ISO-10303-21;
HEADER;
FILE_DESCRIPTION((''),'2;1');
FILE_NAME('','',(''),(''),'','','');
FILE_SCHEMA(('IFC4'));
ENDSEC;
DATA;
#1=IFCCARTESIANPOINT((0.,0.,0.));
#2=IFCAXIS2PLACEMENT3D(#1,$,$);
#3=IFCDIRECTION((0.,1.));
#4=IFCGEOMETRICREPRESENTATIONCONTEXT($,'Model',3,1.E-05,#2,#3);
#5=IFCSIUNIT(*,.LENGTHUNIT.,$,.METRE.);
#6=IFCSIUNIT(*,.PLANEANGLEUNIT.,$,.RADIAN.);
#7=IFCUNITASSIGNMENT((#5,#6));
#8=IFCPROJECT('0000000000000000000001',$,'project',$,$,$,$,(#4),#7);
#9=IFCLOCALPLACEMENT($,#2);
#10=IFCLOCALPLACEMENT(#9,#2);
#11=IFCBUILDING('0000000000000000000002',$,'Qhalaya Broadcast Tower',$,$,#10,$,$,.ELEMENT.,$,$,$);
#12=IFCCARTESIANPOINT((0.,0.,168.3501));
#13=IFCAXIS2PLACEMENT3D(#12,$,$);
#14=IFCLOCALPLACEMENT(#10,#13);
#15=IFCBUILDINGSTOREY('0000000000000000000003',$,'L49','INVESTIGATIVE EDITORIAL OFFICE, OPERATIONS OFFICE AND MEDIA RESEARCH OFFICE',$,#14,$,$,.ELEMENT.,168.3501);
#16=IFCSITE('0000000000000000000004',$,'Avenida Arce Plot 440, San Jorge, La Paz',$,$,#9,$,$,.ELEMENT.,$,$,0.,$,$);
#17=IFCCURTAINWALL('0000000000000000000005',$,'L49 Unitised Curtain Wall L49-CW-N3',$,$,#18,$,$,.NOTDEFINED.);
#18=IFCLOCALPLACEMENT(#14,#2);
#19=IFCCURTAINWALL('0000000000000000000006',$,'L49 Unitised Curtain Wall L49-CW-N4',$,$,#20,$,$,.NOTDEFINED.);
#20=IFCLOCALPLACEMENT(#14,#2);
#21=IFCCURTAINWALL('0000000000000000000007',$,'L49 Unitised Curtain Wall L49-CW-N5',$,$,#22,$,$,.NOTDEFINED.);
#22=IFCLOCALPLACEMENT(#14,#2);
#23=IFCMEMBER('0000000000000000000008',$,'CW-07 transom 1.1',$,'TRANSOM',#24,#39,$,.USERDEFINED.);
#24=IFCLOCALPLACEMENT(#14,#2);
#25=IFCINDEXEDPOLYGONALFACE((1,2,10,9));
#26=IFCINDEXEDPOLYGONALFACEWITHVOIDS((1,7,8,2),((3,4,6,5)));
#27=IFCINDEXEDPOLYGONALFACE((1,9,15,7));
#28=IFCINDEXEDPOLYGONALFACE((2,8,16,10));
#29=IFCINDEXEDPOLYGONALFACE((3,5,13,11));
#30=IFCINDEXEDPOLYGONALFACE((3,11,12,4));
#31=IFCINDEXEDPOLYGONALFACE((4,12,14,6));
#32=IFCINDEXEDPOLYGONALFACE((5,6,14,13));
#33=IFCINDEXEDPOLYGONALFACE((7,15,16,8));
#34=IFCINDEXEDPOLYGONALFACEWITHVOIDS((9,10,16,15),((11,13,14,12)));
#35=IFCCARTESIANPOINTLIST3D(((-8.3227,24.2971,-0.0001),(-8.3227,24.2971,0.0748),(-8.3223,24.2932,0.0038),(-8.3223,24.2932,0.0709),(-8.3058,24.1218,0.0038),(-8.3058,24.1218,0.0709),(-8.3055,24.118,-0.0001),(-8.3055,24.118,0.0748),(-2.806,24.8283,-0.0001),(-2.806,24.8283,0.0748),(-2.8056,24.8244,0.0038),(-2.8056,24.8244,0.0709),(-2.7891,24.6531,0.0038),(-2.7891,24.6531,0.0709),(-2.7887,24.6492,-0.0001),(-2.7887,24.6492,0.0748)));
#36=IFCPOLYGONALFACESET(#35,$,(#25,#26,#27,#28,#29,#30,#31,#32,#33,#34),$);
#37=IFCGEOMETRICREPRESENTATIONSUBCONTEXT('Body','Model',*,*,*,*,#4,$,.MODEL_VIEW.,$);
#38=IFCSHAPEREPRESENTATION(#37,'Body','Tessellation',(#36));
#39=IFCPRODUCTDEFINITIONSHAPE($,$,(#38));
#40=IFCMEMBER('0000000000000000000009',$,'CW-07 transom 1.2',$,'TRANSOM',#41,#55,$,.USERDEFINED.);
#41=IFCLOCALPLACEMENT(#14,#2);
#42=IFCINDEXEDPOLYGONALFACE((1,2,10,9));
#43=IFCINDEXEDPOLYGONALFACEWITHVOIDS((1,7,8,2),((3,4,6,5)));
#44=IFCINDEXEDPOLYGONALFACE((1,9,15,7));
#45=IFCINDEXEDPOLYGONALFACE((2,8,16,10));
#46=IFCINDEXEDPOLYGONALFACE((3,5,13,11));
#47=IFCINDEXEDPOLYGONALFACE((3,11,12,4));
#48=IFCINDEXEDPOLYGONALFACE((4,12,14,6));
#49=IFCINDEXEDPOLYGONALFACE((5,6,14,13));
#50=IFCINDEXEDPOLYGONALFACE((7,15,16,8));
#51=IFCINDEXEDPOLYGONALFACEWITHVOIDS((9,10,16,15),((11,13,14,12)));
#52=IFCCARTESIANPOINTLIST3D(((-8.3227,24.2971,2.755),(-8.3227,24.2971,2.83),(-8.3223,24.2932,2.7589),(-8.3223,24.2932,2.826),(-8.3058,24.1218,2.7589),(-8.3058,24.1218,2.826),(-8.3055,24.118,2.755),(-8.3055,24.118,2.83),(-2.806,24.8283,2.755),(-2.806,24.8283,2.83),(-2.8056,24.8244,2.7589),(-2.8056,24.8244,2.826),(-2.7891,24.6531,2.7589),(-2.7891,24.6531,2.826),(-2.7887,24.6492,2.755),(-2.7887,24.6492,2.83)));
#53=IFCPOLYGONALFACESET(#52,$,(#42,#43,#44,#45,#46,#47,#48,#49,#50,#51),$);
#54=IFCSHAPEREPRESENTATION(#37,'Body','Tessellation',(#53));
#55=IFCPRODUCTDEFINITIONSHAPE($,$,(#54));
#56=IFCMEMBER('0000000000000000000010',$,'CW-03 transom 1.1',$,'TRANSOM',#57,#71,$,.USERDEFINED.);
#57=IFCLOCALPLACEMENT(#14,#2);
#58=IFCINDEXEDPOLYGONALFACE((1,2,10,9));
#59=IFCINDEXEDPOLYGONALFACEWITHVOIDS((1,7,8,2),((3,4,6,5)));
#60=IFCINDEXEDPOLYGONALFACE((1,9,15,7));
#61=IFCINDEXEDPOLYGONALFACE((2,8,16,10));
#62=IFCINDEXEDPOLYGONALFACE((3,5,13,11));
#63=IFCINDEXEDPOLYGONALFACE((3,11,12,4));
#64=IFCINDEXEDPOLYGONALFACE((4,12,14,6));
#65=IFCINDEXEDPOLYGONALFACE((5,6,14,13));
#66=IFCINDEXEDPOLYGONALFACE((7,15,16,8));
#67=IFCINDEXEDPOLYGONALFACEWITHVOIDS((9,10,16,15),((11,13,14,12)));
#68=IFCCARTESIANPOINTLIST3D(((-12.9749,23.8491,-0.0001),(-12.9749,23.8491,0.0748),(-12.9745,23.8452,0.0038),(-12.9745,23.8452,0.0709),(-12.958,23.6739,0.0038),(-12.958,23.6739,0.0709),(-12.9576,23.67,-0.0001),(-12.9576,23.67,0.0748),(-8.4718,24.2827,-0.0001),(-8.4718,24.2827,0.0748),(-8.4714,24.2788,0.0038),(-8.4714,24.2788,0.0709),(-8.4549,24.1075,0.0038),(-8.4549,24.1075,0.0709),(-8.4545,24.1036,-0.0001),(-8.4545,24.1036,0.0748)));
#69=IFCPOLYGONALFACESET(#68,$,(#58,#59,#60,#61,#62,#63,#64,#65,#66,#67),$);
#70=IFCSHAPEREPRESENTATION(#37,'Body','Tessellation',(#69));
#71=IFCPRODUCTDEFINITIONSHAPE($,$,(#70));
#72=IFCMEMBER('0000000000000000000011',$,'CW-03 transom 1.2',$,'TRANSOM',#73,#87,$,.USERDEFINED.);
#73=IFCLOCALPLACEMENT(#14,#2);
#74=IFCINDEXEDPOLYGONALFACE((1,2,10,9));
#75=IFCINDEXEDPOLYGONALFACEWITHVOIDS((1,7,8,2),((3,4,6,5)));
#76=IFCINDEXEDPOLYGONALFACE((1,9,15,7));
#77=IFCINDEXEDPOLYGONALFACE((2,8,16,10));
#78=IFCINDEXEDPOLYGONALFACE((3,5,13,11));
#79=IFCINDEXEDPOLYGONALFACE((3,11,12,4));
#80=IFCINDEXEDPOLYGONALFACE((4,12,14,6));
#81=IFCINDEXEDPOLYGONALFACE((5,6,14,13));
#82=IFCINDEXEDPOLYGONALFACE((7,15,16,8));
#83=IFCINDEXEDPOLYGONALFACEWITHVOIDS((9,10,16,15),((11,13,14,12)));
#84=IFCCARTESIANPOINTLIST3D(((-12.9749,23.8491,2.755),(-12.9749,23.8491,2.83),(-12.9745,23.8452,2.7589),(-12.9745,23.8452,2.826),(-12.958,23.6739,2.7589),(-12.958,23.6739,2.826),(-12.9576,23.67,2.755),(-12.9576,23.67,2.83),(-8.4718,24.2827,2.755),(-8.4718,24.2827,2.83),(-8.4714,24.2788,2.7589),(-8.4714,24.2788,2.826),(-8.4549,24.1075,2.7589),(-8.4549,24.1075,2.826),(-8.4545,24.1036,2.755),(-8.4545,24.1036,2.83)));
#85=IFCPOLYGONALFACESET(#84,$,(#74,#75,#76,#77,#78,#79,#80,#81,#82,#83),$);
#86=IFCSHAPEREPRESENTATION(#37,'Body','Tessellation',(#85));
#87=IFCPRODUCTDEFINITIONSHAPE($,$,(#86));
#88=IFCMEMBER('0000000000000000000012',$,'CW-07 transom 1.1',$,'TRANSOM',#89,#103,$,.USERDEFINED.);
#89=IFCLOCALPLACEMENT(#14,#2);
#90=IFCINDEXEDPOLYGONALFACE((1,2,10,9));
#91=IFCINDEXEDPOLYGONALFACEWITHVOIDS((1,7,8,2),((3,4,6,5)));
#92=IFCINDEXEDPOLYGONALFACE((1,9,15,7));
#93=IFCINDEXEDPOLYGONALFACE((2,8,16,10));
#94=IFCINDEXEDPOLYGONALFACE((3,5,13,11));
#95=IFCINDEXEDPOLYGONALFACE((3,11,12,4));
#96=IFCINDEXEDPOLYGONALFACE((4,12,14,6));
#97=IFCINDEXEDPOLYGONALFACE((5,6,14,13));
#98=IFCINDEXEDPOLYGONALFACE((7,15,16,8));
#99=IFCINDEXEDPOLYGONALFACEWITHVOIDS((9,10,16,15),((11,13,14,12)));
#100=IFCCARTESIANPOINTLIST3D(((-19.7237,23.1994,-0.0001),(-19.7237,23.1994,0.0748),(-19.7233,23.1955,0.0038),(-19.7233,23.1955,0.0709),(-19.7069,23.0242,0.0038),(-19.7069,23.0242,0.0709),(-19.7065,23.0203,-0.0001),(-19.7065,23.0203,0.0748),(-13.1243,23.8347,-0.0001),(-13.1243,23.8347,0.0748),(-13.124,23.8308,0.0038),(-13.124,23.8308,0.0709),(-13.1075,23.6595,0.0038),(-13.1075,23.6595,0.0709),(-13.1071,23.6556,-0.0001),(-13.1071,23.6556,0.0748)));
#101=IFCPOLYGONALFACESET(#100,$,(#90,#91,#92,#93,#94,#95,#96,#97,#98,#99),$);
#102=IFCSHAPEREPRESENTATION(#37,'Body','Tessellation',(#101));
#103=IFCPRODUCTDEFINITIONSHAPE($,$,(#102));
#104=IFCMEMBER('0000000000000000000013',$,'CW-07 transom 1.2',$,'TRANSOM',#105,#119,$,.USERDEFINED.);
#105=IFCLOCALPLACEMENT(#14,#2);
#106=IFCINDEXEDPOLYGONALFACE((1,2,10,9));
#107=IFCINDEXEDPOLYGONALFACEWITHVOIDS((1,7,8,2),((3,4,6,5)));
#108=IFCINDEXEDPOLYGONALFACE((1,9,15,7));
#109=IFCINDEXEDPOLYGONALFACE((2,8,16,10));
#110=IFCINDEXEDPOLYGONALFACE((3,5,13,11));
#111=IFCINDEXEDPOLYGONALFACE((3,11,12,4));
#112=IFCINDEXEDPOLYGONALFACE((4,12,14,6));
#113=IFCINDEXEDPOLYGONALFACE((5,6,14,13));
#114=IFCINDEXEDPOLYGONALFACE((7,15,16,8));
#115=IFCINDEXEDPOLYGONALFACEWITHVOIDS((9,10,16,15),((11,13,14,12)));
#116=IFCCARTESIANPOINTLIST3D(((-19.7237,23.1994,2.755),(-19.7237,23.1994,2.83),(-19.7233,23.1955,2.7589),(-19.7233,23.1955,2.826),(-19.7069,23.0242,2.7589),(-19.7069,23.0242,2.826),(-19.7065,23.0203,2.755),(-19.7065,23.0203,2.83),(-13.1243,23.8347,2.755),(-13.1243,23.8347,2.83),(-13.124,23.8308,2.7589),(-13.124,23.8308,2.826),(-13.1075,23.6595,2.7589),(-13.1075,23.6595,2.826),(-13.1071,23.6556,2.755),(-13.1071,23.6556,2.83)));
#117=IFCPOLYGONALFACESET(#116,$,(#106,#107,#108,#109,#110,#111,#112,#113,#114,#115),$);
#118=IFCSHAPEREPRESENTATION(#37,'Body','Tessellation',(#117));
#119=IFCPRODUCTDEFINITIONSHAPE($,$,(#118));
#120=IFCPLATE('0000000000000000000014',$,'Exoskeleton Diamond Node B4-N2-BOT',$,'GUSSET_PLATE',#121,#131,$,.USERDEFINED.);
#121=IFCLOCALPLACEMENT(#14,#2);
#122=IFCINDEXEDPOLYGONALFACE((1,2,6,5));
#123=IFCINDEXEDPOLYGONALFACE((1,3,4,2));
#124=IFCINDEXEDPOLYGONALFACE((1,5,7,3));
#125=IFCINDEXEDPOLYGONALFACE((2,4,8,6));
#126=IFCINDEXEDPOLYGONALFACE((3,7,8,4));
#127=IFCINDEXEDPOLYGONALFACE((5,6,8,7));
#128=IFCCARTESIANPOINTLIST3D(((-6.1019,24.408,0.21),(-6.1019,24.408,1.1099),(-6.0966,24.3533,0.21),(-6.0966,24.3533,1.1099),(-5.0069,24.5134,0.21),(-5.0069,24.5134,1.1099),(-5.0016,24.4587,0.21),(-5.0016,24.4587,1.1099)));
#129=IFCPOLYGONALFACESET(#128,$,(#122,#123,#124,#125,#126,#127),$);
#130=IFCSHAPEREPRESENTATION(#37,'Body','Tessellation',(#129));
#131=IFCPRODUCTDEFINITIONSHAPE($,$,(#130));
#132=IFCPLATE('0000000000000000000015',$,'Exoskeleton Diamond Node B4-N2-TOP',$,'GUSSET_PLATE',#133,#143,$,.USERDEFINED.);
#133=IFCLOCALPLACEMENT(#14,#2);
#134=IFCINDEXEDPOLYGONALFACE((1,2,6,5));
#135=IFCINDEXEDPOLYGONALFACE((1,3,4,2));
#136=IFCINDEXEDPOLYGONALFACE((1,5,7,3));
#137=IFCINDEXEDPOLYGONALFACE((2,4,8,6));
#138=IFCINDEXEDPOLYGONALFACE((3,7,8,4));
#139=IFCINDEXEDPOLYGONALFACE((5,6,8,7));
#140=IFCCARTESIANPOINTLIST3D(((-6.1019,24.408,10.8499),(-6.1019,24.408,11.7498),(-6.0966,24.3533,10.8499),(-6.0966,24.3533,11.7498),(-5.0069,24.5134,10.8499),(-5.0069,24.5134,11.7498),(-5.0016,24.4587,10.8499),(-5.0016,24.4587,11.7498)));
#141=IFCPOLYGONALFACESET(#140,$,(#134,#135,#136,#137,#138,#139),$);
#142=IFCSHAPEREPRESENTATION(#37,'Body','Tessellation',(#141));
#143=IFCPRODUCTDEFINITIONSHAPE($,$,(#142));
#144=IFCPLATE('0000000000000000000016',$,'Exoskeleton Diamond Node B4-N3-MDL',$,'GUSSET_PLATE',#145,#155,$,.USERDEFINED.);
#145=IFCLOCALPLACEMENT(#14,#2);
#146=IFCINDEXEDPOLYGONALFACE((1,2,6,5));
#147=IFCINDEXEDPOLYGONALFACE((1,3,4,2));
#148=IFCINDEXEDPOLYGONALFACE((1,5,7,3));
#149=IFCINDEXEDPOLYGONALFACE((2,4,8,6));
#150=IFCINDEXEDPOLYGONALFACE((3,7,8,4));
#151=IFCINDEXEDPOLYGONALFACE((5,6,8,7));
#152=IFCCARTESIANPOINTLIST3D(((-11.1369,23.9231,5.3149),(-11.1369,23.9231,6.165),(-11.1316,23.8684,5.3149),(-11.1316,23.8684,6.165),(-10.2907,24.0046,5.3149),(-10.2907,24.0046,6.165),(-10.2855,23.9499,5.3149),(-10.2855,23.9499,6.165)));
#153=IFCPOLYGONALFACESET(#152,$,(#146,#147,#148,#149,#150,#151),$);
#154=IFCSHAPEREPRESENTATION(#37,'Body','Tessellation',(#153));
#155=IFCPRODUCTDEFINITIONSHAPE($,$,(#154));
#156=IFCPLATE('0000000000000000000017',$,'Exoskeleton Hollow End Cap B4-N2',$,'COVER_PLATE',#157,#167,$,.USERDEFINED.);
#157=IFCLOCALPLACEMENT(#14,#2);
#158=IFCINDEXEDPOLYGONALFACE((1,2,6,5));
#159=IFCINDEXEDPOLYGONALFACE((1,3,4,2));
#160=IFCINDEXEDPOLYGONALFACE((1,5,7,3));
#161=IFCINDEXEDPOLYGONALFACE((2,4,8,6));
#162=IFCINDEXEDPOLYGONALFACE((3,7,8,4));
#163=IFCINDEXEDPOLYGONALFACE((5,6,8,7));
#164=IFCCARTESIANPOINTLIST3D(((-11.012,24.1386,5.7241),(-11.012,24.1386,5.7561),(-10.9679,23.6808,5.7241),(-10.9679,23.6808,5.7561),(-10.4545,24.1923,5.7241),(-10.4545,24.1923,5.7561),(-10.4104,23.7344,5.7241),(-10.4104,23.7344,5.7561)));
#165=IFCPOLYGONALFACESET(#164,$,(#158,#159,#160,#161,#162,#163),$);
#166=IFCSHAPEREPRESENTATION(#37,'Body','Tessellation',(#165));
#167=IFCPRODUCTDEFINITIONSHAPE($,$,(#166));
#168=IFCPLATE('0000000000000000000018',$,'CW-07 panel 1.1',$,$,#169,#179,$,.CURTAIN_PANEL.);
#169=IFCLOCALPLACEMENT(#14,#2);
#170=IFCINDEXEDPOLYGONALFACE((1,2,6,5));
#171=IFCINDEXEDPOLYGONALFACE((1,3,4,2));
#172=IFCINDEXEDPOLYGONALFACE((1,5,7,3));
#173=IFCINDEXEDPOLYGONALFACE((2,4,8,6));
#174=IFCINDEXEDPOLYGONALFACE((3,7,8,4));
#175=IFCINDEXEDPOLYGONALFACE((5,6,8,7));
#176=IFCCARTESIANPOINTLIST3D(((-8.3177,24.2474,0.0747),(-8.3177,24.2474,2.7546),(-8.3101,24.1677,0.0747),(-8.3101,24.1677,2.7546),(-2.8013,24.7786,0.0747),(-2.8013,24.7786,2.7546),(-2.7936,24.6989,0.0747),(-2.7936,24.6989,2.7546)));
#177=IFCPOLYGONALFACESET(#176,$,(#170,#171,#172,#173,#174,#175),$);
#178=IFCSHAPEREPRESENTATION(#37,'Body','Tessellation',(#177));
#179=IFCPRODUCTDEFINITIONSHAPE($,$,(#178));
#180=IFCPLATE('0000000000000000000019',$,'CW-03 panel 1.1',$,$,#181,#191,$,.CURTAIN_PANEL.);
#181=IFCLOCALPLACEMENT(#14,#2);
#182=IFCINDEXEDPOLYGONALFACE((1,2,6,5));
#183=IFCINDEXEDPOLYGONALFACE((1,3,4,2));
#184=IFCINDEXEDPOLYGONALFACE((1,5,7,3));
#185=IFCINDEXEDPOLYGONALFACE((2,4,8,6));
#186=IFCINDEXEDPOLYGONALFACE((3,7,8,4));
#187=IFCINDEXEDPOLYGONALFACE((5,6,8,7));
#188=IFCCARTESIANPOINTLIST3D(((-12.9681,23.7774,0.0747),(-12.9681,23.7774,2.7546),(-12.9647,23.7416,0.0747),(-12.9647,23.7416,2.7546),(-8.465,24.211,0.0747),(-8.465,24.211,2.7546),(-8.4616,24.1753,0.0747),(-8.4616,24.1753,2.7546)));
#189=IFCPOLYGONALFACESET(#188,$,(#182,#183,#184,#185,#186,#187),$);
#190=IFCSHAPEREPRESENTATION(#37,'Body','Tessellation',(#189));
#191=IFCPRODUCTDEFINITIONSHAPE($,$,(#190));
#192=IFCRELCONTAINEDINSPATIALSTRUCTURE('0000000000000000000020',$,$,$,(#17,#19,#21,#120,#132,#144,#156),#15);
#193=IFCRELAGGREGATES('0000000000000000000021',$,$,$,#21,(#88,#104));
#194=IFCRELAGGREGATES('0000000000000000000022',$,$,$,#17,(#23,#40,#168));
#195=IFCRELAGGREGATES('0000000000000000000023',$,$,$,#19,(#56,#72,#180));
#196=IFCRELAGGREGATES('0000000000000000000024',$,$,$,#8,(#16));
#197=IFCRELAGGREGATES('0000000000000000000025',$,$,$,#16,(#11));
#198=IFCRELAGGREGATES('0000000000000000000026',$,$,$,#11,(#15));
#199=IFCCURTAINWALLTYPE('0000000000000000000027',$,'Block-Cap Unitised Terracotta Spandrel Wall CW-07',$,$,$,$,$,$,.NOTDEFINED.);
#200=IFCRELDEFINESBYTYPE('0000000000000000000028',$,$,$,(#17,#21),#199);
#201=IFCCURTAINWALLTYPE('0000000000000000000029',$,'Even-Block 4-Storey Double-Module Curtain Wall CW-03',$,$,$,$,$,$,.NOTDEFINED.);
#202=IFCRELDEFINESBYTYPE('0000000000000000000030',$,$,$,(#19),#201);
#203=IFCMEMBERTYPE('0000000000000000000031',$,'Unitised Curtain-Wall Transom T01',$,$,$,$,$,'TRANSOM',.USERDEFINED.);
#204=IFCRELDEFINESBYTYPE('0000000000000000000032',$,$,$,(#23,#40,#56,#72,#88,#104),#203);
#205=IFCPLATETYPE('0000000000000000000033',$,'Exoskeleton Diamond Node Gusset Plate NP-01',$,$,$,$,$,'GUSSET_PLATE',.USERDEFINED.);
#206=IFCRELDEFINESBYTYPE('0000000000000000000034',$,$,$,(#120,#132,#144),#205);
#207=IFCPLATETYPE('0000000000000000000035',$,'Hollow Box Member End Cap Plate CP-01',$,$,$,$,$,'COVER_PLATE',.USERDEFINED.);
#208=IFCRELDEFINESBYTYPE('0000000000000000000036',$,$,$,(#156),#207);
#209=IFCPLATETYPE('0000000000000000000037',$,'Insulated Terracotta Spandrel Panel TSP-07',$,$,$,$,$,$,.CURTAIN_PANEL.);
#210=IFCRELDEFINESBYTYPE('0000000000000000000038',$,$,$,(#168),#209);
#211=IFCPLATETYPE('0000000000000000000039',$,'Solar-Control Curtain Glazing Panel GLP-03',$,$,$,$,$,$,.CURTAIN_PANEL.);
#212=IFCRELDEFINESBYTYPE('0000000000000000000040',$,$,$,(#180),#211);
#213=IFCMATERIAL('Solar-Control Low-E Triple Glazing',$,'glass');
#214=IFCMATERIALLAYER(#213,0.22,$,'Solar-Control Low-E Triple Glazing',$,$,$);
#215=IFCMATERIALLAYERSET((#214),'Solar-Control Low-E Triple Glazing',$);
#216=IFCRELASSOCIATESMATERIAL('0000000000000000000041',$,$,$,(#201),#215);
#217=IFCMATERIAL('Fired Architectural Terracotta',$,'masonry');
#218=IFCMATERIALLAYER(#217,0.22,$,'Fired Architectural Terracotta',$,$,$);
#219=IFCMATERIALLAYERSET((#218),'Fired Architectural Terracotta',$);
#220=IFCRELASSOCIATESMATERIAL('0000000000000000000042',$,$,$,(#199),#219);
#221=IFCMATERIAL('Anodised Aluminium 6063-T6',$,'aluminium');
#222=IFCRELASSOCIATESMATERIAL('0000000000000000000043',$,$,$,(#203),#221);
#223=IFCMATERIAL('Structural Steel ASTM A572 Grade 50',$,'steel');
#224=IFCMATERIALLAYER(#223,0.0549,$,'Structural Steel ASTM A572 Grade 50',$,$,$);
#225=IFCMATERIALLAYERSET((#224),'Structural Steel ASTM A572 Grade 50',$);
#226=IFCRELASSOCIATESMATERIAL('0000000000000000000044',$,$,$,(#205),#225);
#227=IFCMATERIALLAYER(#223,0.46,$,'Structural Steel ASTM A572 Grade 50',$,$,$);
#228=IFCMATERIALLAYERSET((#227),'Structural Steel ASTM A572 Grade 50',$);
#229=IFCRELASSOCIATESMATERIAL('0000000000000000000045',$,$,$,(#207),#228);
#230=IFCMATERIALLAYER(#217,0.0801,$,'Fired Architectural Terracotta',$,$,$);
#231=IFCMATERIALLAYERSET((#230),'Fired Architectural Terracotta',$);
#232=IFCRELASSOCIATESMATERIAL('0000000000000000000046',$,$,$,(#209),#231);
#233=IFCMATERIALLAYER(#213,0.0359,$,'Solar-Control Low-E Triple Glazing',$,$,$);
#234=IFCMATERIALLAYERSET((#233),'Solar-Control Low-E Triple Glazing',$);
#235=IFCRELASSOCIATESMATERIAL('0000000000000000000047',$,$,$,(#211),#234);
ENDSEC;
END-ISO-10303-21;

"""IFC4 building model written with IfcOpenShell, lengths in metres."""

from ifc_helpers import new_model, si_unit, direction, frame, origin, origin_2d, place, context, subcontext, project, spatial, rectangle, hollow_rectangle, extrude, material, layer, layer_set, material_profile, profile_set, type_object, element, aggregate, save


model = new_model("IFC4")

# Units and contexts
model_context = context("Model", 3, precision=1e-05, world=origin(), true_north=direction((0.0, 1.0)))
body_context = subcontext(model_context, "Body", "Model", "MODEL_VIEW")
ifc_project = project(units=[si_unit("LENGTHUNIT", "METRE"), si_unit("PLANEANGLEUNIT", "RADIAN")], contexts=[model_context])

# Site, building, storey
site_placement = place(None, origin())
site = spatial("IfcSite", under=ifc_project, at=site_placement, Name="Avenida Arce Plot 440, San Jorge, La Paz", CompositionType="ELEMENT", RefElevation=0.0)
building_placement = place(site_placement, origin())
building = spatial("IfcBuilding", under=site, at=building_placement, Name="Qhalaya Broadcast Tower", CompositionType="ELEMENT")
storey_placement = place(building_placement, frame((0.0, 0.0, 168.3501)))
storey = spatial("IfcBuildingStorey", under=building, at=storey_placement, Name="L49", Description="INVESTIGATIVE EDITORIAL OFFICE, OPERATIONS OFFICE AND MEDIA RESEARCH OFFICE", CompositionType="ELEMENT", Elevation=168.3501)

# Shared definitions
ifc_material_1 = material(Name="Structural Steel ASTM A572 Grade 50", Category="steel")

# Shared definitions
ifc_material_2 = material(Name="Solar-Control Low-E Triple Glazing", Category="glass")
ifc_layer_1 = layer(ifc_material_2, 0.22, Name="Solar-Control Low-E Triple Glazing")
ifc_layer_set_1 = layer_set([ifc_layer_1], Name="Solar-Control Low-E Triple Glazing")
curtain_wall_type_1 = type_object("IfcCurtainWallType", Name="Even-Block 4-Storey Double-Module Curtain Wall CW-03", PredefinedType="NOTDEFINED", material=ifc_layer_set_1)
ifc_material_3 = material(Name="Anodised Aluminium 6063-T6", Category="aluminium")

# Curtain walls
ifc_material_4 = material(Name="Fired Architectural Terracotta", Category="masonry")
ifc_layer_2 = layer(ifc_material_4, 0.22, Name="Fired Architectural Terracotta")
ifc_layer_set_2 = layer_set([ifc_layer_2], Name="Fired Architectural Terracotta")
curtain_wall_type_2 = type_object("IfcCurtainWallType", Name="Block-Cap Unitised Terracotta Spandrel Wall CW-07", PredefinedType="NOTDEFINED", material=ifc_layer_set_2)
curtain_wall_1_placement = place(storey_placement, origin())
curtain_wall_1 = element("IfcCurtainWall", 1, at=curtain_wall_1_placement, inside=storey, type_object=curtain_wall_type_2, Name="L49 Unitised Curtain Wall L49-CW-N3", PredefinedType="NOTDEFINED")
curtain_wall_2_placement = place(storey_placement, origin())
curtain_wall_2 = element("IfcCurtainWall", 2, at=curtain_wall_2_placement, inside=storey, type_object=curtain_wall_type_1, Name="L49 Unitised Curtain Wall L49-CW-N4", PredefinedType="NOTDEFINED")

# Curtain wall
curtain_wall_3_placement = place(storey_placement, origin())
curtain_wall_3 = element("IfcCurtainWall", 3, at=curtain_wall_3_placement, inside=storey, type_object=curtain_wall_type_2, Name="L49 Unitised Curtain Wall L49-CW-N5", PredefinedType="NOTDEFINED")

# Members
ifc_material_profile_1 = material_profile(ifc_material_3, hollow_rectangle(XDim=0.075, YDim=0.1799, WallThickness=0.0039, at=origin_2d()), Name="ALU-TRN 75x180x4")
ifc_profile_set_1 = profile_set([ifc_material_profile_1], Name="Anodised Aluminium 6063-T6")
member_type_1 = type_object("IfcMemberType", Name="Unitised Curtain-Wall Transom T01", ElementType="TRANSOM", PredefinedType="USERDEFINED", material=ifc_profile_set_1)
member_1_placement = place(storey_placement, frame((-2.7974, 24.7388, 0.0374), z_axis=(-0.995395, -0.095857, 0.0), x_axis=(0.0, 0.0, 1.0)))
member_1 = element("IfcMember", 4, at=member_1_placement, type_object=member_type_1, Name="CW-07 transom 1.1", ObjectType="TRANSOM", PredefinedType="USERDEFINED", context=body_context, shape_type="SweptSolid", body=[
    extrude(hollow_rectangle(XDim=0.075, YDim=0.1799, WallThickness=0.0039, at=origin_2d()), origin(), (0.0, 0.0, 1.0), 5.5422),
])
member_2_placement = place(storey_placement, frame((-2.7974, 24.7388, 2.7925), z_axis=(-0.995395, -0.095857, 0.0), x_axis=(0.0, 0.0, 1.0)))
member_2 = element("IfcMember", 5, at=member_2_placement, type_object=member_type_1, Name="CW-07 transom 1.2", ObjectType="TRANSOM", PredefinedType="USERDEFINED", context=body_context, shape_type="SweptSolid", body=[
    extrude(hollow_rectangle(XDim=0.075, YDim=0.1799, WallThickness=0.0039, at=origin_2d()), origin(), (0.0, 0.0, 1.0), 5.5422),
])
member_3_placement = place(storey_placement, frame((-8.4631, 24.1931, 0.0374), z_axis=(-0.995396, -0.095843, 0.0), x_axis=(0.0, 0.0, 1.0)))
member_3 = element("IfcMember", 6, at=member_3_placement, type_object=member_type_1, Name="CW-03 transom 1.1", ObjectType="TRANSOM", PredefinedType="USERDEFINED", context=body_context, shape_type="SweptSolid", body=[
    extrude(hollow_rectangle(XDim=0.075, YDim=0.1799, WallThickness=0.0039, at=origin_2d()), origin(), (0.0, 0.0, 1.0), 4.5239),
])
member_4_placement = place(storey_placement, frame((-8.4631, 24.1931, 2.7925), z_axis=(-0.995396, -0.095843, 0.0), x_axis=(0.0, 0.0, 1.0)))
member_4 = element("IfcMember", 7, at=member_4_placement, type_object=member_type_1, Name="CW-03 transom 1.2", ObjectType="TRANSOM", PredefinedType="USERDEFINED", context=body_context, shape_type="SweptSolid", body=[
    extrude(hollow_rectangle(XDim=0.075, YDim=0.1799, WallThickness=0.0039, at=origin_2d()), origin(), (0.0, 0.0, 1.0), 4.5239),
])
member_5_placement = place(storey_placement, frame((-13.1157, 23.7451, 0.0374), z_axis=(-0.995399, -0.095817, 0.0), x_axis=(0.0, 0.0, 1.0)))
member_5 = element("IfcMember", 8, at=member_5_placement, type_object=member_type_1, Name="CW-07 transom 1.1", ObjectType="TRANSOM", PredefinedType="USERDEFINED", context=body_context, shape_type="SweptSolid", body=[
    extrude(hollow_rectangle(XDim=0.075, YDim=0.1799, WallThickness=0.0039, at=origin_2d()), origin(), (0.0, 0.0, 1.0), 6.6299),
])
member_6_placement = place(storey_placement, frame((-13.1157, 23.7451, 2.7925), z_axis=(-0.995399, -0.095817, 0.0), x_axis=(0.0, 0.0, 1.0)))
member_6 = element("IfcMember", 9, at=member_6_placement, type_object=member_type_1, Name="CW-07 transom 1.2", ObjectType="TRANSOM", PredefinedType="USERDEFINED", context=body_context, shape_type="SweptSolid", body=[
    extrude(hollow_rectangle(XDim=0.075, YDim=0.1799, WallThickness=0.0039, at=origin_2d()), origin(), (0.0, 0.0, 1.0), 6.6299),
])
aggregate(curtain_wall_3, [member_5, member_6])

# Plates
ifc_layer_3 = layer(ifc_material_1, 0.0549, Name="Structural Steel ASTM A572 Grade 50")
ifc_layer_set_3 = layer_set([ifc_layer_3], Name="Structural Steel ASTM A572 Grade 50")
plate_type_1 = type_object("IfcPlateType", Name="Exoskeleton Diamond Node Gusset Plate NP-01", ElementType="GUSSET_PLATE", PredefinedType="USERDEFINED", material=ifc_layer_set_3)
for number, where, z_axis, x_axis, name in (
    (10, (-5.5518, 24.4333, 0.21), (0.0, 0.0, 1.0), (0.995396, 0.095846, 0.0), "Exoskeleton Diamond Node B4-N2-BOT"),
    (11, (-5.5518, 24.4333, 10.8499), (0.0, 0.0, 1.0), (0.995396, 0.095846, 0.0), "Exoskeleton Diamond Node B4-N2-TOP"),
):
    element("IfcPlate", number, at=place(storey_placement, frame(where, z_axis=z_axis, x_axis=x_axis)), inside=storey, type_object=plate_type_1, Name=name, ObjectType="GUSSET_PLATE", PredefinedType="USERDEFINED", context=body_context, shape_type="SweptSolid", body=[
        extrude(rectangle(XDim=1.1001, YDim=0.0549, at=origin_2d()), origin(), (0.0, 0.0, 1.0), 0.8999),
    ])
plate_1_placement = place(storey_placement, frame((-10.7112, 23.9365, 5.3149), z_axis=(0.0, 0.0, 1.0), x_axis=(0.995396, 0.095846, 0.0)))
element("IfcPlate", 12, at=plate_1_placement, inside=storey, type_object=plate_type_1, Name="Exoskeleton Diamond Node B4-N3-MDL", ObjectType="GUSSET_PLATE", PredefinedType="USERDEFINED", context=body_context, shape_type="SweptSolid", body=[
    extrude(rectangle(XDim=0.8501, YDim=0.0549, at=origin_2d()), origin(), (0.0, 0.0, 1.0), 0.8501),
])
ifc_layer_4 = layer(ifc_material_1, 0.46, Name="Structural Steel ASTM A572 Grade 50")
ifc_layer_set_4 = layer_set([ifc_layer_4], Name="Structural Steel ASTM A572 Grade 50")
plate_type_2 = type_object("IfcPlateType", Name="Hollow Box Member End Cap Plate CP-01", ElementType="COVER_PLATE", PredefinedType="USERDEFINED", material=ifc_layer_set_4)
plate_2_placement = place(storey_placement, frame((-10.7112, 23.9365, 5.7241), z_axis=(0.0, 0.0, 1.0), x_axis=(0.995396, 0.095846, 0.0)))
element("IfcPlate", 13, at=plate_2_placement, inside=storey, type_object=plate_type_2, Name="Exoskeleton Hollow End Cap B4-N2", ObjectType="COVER_PLATE", PredefinedType="USERDEFINED", context=body_context, shape_type="SweptSolid", body=[
    extrude(rectangle(XDim=0.5601, YDim=0.46, at=origin_2d()), origin(), (0.0, 0.0, 1.0), 0.032),
])

# Plates
ifc_layer_5 = layer(ifc_material_4, 0.0801, Name="Fired Architectural Terracotta")
ifc_layer_set_5 = layer_set([ifc_layer_5], Name="Fired Architectural Terracotta")
plate_type_3 = type_object("IfcPlateType", Name="Insulated Terracotta Spandrel Panel TSP-07", PredefinedType="CURTAIN_PANEL", material=ifc_layer_set_5)
plate_3_placement = place(storey_placement, frame((-5.5557, 24.4731, 0.0747), z_axis=(0.0, 0.0, 1.0), x_axis=(-0.995395, -0.095854, 0.0)))
plate_3 = element("IfcPlate", 14, at=plate_3_placement, type_object=plate_type_3, Name="CW-07 panel 1.1", PredefinedType="CURTAIN_PANEL", context=body_context, shape_type="SweptSolid", body=[
    extrude(rectangle(XDim=5.542, YDim=0.0801, at=origin_2d()), origin(), (0.0, 0.0, 1.0), 2.6799),
])
aggregate(curtain_wall_1, [member_1, member_2, plate_3])
ifc_layer_6 = layer(ifc_material_2, 0.0359, Name="Solar-Control Low-E Triple Glazing")
ifc_layer_set_6 = layer_set([ifc_layer_6], Name="Solar-Control Low-E Triple Glazing")
plate_type_4 = type_object("IfcPlateType", Name="Solar-Control Curtain Glazing Panel GLP-03", PredefinedType="CURTAIN_PANEL", material=ifc_layer_set_6)
plate_4_placement = place(storey_placement, frame((-10.7148, 23.9763, 0.0747), z_axis=(0.0, 0.0, 1.0), x_axis=(-0.995396, -0.095851, 0.0)))
plate_4 = element("IfcPlate", 15, at=plate_4_placement, type_object=plate_type_4, Name="CW-03 panel 1.1", PredefinedType="CURTAIN_PANEL", context=body_context, shape_type="SweptSolid", body=[
    extrude(rectangle(XDim=4.5239, YDim=0.0359, at=origin_2d()), origin(), (0.0, 0.0, 1.0), 2.6799),
])
aggregate(curtain_wall_2, [member_3, member_4, plate_4])

save(model, "model.ifc")
